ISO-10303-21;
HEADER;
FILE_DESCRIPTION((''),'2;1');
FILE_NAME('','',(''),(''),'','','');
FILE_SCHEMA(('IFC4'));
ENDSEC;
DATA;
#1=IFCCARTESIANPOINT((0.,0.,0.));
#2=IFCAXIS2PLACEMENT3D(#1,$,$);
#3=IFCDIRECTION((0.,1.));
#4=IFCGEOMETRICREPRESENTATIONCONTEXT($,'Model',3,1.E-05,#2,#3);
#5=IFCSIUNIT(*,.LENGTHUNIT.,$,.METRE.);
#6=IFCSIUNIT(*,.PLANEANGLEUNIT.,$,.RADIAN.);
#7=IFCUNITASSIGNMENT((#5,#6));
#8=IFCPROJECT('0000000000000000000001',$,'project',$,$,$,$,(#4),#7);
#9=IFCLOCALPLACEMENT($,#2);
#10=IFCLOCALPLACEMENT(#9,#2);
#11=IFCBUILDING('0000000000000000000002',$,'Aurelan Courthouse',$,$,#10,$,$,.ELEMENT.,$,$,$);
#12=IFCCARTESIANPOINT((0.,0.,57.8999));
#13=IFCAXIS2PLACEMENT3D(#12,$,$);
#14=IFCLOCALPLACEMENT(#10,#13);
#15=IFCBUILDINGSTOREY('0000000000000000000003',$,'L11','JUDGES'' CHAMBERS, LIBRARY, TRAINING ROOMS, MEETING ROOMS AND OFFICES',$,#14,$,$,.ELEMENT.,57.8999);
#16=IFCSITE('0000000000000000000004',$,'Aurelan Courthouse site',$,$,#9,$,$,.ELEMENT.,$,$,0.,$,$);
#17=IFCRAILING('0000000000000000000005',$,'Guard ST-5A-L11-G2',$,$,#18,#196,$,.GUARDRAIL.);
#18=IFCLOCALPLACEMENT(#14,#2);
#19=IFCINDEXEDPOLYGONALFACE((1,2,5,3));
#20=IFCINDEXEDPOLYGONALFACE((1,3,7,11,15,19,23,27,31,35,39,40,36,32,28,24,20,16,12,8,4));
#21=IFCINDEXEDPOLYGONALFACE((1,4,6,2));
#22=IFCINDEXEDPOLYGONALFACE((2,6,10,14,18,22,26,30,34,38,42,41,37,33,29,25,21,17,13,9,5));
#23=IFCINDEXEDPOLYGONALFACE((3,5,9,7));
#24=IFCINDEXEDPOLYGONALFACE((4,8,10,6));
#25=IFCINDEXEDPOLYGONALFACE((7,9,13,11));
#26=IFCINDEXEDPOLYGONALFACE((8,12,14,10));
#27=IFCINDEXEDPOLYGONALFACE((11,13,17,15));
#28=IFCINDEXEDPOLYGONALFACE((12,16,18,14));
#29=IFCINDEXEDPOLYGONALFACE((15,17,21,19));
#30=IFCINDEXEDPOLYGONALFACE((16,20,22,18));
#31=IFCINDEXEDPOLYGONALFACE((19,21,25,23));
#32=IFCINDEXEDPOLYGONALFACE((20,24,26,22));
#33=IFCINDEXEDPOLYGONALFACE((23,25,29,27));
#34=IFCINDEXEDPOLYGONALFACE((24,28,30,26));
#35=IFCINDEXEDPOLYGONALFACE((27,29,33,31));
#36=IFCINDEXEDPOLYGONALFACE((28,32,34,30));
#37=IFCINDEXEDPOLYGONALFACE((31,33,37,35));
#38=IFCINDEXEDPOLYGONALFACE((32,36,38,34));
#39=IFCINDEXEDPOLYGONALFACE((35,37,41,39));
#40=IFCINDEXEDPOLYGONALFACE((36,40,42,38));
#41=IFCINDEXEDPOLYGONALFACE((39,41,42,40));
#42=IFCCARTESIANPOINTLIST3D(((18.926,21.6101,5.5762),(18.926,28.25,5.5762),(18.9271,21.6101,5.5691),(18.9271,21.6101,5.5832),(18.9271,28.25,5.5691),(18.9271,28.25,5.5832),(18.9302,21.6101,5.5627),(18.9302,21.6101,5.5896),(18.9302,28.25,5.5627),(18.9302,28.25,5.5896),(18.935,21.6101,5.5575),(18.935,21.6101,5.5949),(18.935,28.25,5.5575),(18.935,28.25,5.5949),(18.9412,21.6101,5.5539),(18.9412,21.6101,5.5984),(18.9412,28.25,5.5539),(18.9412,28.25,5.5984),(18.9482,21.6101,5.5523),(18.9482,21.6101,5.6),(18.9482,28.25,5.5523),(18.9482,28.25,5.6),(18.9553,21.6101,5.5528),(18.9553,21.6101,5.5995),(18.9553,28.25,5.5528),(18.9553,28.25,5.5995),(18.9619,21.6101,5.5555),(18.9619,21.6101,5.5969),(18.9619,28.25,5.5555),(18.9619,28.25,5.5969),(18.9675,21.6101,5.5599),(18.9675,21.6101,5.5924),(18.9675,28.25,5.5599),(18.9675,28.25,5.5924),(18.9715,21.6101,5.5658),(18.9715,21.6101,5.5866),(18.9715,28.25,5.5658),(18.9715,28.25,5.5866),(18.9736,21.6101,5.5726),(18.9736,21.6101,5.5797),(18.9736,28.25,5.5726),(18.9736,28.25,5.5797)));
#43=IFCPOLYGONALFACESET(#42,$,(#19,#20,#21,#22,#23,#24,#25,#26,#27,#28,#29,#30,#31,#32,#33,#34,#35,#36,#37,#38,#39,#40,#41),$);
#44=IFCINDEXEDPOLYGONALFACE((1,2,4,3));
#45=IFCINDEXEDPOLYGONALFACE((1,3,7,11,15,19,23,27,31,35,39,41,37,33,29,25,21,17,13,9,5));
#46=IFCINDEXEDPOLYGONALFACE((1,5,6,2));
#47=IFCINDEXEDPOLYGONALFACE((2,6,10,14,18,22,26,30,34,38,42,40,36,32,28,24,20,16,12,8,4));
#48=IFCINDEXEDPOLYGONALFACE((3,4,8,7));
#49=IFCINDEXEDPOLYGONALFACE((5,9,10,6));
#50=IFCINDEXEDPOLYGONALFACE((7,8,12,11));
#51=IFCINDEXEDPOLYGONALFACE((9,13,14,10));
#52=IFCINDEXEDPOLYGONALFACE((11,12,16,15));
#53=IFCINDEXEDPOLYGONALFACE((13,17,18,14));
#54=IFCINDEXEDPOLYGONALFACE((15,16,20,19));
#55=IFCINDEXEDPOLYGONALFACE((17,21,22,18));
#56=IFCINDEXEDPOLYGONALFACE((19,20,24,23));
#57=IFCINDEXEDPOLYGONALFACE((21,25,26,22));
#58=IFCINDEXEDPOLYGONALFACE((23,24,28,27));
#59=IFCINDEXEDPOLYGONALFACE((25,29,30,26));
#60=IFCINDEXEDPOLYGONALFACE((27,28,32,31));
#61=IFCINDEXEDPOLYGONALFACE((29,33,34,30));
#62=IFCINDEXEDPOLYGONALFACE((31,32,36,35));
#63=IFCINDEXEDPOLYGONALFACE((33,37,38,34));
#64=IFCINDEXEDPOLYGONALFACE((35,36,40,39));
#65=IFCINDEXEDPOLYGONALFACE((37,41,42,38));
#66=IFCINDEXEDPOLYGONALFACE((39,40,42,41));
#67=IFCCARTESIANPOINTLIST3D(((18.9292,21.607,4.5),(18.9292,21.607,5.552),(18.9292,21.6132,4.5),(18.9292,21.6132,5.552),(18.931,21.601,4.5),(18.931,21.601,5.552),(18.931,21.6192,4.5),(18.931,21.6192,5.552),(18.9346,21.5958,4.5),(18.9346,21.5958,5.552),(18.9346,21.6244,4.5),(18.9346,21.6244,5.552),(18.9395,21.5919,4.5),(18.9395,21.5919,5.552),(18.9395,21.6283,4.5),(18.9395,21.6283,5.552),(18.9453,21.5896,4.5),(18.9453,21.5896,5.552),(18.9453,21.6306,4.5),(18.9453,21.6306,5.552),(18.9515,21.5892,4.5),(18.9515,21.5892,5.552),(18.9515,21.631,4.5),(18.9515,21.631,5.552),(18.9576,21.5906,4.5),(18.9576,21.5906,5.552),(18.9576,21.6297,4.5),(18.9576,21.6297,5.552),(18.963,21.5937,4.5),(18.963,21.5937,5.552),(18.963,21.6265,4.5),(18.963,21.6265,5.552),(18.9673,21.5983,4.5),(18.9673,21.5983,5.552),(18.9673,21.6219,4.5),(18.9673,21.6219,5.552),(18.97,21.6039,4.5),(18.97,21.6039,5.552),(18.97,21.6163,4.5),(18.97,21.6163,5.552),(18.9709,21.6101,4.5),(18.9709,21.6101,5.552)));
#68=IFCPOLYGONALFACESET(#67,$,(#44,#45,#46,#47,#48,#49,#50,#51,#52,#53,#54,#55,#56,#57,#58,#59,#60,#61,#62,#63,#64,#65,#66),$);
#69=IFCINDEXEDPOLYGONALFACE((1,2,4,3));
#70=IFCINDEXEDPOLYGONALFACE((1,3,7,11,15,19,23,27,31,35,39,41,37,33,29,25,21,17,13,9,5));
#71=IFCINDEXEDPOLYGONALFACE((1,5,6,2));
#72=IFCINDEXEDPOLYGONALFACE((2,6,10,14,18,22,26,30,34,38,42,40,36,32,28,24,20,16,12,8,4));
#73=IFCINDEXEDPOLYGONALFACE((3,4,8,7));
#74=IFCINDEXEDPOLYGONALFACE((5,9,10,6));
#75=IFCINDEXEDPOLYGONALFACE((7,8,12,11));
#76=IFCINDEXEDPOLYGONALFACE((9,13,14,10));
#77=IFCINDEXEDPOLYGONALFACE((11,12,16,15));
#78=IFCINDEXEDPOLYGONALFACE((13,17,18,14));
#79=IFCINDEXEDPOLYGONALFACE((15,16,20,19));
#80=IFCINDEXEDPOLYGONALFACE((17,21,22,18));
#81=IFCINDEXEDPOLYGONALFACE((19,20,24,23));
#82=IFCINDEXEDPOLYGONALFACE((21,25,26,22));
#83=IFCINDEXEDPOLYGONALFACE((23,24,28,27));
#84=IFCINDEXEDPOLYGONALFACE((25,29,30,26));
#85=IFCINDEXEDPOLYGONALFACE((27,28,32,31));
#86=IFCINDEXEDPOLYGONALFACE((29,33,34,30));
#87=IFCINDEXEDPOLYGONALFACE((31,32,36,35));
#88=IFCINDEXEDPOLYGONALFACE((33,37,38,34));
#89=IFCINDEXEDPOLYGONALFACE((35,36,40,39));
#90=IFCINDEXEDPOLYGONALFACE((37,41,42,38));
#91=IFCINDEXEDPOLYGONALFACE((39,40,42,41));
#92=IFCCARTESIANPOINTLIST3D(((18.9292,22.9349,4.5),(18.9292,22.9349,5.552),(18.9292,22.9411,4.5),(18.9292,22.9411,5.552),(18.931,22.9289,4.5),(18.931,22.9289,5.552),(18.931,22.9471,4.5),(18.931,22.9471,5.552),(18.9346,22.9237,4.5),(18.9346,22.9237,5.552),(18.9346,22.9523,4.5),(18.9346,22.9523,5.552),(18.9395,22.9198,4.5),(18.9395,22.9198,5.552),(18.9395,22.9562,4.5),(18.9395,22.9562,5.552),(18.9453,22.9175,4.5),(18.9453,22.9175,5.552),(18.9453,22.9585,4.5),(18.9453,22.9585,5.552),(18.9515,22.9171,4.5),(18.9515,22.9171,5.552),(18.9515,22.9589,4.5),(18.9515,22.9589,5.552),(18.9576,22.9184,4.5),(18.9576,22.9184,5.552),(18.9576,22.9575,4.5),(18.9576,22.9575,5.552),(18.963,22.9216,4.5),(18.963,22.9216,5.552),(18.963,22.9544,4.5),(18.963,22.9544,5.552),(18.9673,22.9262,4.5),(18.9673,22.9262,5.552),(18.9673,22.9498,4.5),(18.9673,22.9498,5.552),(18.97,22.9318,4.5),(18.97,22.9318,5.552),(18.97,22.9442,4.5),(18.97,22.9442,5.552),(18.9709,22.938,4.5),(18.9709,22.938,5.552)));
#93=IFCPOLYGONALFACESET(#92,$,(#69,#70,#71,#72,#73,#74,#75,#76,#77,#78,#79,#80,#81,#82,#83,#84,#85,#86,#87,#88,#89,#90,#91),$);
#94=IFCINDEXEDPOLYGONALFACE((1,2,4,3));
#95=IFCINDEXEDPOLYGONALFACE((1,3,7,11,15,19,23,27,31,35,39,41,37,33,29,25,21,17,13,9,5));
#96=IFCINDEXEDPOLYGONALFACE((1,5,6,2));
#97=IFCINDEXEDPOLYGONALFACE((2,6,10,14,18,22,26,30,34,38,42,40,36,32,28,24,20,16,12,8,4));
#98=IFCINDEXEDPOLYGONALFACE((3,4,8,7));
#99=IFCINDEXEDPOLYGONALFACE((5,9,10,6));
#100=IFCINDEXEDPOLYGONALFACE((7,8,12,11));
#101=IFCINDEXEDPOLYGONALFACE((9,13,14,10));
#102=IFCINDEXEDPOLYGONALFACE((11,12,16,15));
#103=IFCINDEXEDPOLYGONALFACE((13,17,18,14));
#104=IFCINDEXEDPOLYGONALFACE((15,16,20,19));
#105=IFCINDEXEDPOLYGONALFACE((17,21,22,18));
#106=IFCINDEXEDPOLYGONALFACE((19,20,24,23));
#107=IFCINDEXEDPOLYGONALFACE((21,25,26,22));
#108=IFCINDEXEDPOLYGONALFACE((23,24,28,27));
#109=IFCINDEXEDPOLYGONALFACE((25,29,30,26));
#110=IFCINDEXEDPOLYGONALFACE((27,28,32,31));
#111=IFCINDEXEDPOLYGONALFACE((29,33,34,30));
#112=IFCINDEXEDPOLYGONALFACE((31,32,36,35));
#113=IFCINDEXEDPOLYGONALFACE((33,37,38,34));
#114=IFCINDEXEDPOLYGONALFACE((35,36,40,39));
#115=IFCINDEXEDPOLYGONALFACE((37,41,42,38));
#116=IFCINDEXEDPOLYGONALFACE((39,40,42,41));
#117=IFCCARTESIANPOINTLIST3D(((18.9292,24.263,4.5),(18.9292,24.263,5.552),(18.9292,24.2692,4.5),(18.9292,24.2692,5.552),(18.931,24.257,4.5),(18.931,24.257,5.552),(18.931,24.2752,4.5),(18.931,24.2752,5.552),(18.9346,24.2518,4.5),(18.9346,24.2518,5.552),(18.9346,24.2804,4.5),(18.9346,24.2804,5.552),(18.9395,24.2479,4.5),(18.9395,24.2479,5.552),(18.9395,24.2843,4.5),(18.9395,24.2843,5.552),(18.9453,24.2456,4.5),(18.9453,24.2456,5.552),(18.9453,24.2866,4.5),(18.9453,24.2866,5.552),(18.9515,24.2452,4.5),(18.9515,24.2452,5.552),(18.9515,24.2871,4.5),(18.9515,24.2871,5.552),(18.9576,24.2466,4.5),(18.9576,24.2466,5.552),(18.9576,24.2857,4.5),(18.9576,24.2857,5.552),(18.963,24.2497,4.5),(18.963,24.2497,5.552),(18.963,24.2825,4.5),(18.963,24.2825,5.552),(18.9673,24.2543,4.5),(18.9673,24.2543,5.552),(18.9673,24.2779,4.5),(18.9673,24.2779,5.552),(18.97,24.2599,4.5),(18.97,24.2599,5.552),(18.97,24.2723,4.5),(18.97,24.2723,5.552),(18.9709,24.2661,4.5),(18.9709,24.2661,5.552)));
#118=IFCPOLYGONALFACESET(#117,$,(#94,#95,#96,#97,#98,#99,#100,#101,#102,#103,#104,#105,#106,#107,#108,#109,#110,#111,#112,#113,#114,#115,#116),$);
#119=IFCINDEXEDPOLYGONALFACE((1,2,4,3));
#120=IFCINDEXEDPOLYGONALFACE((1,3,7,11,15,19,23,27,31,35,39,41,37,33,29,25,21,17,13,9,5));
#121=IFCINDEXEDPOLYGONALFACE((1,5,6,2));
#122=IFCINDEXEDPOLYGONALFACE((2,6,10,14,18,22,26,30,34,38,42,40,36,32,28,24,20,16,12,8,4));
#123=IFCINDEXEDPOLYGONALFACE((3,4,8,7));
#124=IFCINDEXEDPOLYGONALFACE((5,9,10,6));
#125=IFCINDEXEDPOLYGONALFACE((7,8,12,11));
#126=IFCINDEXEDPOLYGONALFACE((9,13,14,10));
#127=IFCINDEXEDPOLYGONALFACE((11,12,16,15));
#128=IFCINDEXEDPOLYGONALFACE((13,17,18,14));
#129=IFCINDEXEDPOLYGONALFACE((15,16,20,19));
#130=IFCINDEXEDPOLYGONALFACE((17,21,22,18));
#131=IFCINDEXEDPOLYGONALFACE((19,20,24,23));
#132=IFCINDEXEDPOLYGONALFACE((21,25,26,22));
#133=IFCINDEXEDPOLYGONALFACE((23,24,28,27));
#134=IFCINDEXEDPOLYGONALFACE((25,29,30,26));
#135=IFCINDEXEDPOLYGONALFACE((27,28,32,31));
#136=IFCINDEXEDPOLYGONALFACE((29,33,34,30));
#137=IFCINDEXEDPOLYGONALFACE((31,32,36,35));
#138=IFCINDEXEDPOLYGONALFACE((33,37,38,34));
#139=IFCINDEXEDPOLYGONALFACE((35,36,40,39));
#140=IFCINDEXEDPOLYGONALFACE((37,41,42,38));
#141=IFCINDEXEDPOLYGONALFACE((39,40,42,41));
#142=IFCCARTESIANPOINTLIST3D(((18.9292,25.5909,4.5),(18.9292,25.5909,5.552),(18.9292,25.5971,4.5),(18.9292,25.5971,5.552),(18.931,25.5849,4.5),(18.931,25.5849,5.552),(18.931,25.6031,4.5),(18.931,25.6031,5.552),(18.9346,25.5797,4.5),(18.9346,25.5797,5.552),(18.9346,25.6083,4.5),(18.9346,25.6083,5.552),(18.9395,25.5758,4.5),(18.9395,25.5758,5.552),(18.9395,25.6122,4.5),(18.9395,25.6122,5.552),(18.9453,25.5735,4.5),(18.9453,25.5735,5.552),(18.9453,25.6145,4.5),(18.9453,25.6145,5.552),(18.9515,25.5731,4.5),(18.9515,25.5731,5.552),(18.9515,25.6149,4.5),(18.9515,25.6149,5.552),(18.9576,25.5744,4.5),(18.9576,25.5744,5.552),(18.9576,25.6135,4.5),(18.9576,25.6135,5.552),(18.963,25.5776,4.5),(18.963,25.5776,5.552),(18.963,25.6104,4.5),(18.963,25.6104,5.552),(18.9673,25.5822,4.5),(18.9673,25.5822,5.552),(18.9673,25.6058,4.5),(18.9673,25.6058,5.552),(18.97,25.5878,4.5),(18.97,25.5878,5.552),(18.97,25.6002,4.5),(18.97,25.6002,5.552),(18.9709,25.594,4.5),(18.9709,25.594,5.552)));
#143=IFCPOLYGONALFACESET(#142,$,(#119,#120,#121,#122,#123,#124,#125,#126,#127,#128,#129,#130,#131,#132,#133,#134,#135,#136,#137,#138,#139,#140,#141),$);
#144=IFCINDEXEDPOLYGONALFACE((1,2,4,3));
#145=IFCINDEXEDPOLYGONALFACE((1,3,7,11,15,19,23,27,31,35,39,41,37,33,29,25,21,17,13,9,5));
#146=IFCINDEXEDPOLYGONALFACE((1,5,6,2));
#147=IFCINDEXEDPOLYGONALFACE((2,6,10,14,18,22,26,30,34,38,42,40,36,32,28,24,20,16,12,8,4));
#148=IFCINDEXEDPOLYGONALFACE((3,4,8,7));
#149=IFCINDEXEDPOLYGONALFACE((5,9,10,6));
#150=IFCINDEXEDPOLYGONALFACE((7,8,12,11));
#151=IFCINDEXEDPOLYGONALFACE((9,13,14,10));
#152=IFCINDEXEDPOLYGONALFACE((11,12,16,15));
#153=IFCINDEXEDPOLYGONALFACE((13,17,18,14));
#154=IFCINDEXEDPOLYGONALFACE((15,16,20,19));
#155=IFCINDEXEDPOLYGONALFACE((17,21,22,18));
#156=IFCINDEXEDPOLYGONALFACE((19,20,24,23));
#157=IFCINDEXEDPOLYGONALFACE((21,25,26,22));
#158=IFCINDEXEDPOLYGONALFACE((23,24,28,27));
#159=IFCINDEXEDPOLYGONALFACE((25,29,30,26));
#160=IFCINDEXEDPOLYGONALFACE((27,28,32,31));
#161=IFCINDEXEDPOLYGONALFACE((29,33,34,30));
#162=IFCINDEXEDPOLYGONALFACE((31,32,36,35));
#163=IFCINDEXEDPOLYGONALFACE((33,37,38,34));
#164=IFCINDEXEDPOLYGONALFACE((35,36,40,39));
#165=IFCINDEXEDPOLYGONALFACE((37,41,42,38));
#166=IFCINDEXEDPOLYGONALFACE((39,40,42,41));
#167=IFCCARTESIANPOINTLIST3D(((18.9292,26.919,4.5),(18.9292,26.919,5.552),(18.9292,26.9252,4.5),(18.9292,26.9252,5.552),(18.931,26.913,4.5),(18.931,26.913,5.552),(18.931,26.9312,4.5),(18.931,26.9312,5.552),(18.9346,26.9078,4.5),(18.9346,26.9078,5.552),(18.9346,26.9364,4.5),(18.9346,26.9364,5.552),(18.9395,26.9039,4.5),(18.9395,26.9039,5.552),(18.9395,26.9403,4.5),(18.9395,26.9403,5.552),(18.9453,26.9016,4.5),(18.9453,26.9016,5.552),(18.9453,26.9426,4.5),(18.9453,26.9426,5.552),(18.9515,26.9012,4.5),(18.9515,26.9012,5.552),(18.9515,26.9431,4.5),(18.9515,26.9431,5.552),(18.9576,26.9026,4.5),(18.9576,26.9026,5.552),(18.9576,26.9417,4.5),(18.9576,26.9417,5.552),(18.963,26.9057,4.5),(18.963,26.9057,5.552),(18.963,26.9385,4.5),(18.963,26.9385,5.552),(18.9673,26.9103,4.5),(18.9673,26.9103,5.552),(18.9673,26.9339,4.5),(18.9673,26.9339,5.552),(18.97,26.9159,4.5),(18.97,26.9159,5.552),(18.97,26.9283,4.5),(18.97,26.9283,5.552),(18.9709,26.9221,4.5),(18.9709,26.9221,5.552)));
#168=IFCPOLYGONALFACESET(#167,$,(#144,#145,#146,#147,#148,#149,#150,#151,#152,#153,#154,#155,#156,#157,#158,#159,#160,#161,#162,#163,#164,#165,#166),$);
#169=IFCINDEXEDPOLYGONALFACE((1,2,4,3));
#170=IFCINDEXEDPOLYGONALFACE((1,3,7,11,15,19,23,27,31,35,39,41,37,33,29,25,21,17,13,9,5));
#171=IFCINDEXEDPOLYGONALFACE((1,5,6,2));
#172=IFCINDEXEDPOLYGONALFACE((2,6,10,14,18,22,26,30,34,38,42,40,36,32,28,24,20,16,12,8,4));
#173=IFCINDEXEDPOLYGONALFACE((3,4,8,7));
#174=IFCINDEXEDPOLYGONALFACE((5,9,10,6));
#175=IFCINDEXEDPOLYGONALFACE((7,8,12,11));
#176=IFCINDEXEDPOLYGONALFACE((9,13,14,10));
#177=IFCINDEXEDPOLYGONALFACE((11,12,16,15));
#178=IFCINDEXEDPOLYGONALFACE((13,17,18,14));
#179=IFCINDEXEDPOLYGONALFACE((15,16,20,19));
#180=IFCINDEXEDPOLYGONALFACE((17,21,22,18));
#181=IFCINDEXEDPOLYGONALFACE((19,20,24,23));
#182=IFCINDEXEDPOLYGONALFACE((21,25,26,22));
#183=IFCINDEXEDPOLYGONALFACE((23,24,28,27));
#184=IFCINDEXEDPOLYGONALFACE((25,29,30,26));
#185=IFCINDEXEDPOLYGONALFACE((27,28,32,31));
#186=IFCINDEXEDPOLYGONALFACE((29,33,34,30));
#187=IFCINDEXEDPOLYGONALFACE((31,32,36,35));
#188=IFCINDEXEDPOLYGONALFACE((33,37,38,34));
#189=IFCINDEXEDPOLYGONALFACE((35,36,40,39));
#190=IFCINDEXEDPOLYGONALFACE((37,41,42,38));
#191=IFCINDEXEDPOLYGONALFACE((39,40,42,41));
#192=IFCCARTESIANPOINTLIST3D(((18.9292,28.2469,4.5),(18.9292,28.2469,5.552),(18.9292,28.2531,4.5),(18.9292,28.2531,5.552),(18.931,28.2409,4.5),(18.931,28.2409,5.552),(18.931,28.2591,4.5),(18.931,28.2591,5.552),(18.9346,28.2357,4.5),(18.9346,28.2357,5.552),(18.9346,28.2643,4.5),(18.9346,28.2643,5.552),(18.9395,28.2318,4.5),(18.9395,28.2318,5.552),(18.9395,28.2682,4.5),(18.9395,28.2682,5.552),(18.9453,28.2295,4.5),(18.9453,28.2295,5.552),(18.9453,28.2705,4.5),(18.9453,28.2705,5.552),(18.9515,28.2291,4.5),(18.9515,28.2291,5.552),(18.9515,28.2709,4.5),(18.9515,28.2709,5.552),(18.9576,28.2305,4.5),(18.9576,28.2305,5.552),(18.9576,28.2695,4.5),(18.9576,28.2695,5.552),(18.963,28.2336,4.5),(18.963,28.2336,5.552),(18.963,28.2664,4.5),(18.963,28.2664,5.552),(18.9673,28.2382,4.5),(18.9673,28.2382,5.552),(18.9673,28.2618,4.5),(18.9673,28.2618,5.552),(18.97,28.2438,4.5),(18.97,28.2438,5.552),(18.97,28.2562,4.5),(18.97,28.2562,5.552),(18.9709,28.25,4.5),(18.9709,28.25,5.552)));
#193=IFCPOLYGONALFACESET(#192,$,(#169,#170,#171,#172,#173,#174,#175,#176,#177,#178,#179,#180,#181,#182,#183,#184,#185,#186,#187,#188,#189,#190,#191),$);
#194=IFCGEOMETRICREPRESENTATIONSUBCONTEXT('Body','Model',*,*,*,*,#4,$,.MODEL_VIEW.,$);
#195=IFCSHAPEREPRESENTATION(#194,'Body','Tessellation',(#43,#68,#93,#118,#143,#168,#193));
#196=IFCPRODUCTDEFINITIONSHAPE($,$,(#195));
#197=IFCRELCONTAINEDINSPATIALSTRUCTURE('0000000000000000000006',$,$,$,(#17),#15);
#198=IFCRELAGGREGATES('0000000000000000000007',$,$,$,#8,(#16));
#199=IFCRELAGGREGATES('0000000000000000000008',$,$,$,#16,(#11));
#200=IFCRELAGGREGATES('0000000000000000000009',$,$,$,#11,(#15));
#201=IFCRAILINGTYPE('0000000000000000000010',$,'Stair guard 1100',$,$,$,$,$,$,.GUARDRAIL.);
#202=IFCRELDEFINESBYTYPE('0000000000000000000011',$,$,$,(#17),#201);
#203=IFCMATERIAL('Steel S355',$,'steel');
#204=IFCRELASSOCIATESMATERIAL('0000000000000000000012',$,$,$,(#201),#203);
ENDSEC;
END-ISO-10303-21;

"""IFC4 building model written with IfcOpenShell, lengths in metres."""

from ifc_helpers import new_model, si_unit, direction, frame, origin, origin_2d, place, context, subcontext, project, spatial, circle, extrude, material, type_object, element, save


model = new_model("IFC4")

# Units and contexts
model_context = context("Model", 3, precision=1e-05, world=origin(), true_north=direction((0.0, 1.0)))
body_context = subcontext(model_context, "Body", "Model", "MODEL_VIEW")
ifc_project = project(units=[si_unit("LENGTHUNIT", "METRE"), si_unit("PLANEANGLEUNIT", "RADIAN")], contexts=[model_context])

# Site, building, storey
site_placement = place(None, origin())
site = spatial("IfcSite", under=ifc_project, at=site_placement, Name="Aurelan Courthouse site", CompositionType="ELEMENT", RefElevation=0.0)
building_placement = place(site_placement, origin())
building = spatial("IfcBuilding", under=site, at=building_placement, Name="Aurelan Courthouse", CompositionType="ELEMENT")
storey_placement = place(building_placement, frame((0.0, 0.0, 57.8999)))
storey = spatial("IfcBuildingStorey", under=building, at=storey_placement, Name="L11", Description="JUDGES' CHAMBERS, LIBRARY, TRAINING ROOMS, MEETING ROOMS AND OFFICES", CompositionType="ELEMENT", Elevation=57.8999)

# Railing
ifc_material_1 = material(Name="Steel S355", Category="steel")
railing_type_1 = type_object("IfcRailingType", Name="Stair guard 1100", PredefinedType="GUARDRAIL", material=ifc_material_1)
railing_1_placement = place(storey_placement, frame((18.95, 21.6101, 4.5)))
element("IfcRailing", 1, at=railing_1_placement, inside=storey, type_object=railing_type_1, Name="Guard ST-5A-L11-G2", PredefinedType="GUARDRAIL", context=body_context, shape_type="SweptSolid", body=[
    extrude(circle(Radius=0.0239, at=origin_2d()), frame((0.0, 0.0, 1.0762), z_axis=(0.0, 1.0, 0.0), x_axis=(-1.0, 0.0, 0.0)), (0.0, 0.0, 1.0), 6.6399),
    extrude(circle(Radius=0.021, at=origin_2d()), origin(), (0.0, 0.0, 1.0), 1.052),
    extrude(circle(Radius=0.021, at=origin_2d()), frame((0.0, 1.3279, 0.0)), (0.0, 0.0, 1.0), 1.052),
    extrude(circle(Radius=0.021, at=origin_2d()), frame((0.0, 2.656, 0.0)), (0.0, 0.0, 1.0), 1.052),
    extrude(circle(Radius=0.021, at=origin_2d()), frame((0.0, 3.9839, 0.0)), (0.0, 0.0, 1.0), 1.052),
    extrude(circle(Radius=0.021, at=origin_2d()), frame((0.0, 5.312, 0.0)), (0.0, 0.0, 1.0), 1.052),
    extrude(circle(Radius=0.021, at=origin_2d()), frame((0.0, 6.6399, 0.0)), (0.0, 0.0, 1.0), 1.052),
])

save(model, "model.ifc")
